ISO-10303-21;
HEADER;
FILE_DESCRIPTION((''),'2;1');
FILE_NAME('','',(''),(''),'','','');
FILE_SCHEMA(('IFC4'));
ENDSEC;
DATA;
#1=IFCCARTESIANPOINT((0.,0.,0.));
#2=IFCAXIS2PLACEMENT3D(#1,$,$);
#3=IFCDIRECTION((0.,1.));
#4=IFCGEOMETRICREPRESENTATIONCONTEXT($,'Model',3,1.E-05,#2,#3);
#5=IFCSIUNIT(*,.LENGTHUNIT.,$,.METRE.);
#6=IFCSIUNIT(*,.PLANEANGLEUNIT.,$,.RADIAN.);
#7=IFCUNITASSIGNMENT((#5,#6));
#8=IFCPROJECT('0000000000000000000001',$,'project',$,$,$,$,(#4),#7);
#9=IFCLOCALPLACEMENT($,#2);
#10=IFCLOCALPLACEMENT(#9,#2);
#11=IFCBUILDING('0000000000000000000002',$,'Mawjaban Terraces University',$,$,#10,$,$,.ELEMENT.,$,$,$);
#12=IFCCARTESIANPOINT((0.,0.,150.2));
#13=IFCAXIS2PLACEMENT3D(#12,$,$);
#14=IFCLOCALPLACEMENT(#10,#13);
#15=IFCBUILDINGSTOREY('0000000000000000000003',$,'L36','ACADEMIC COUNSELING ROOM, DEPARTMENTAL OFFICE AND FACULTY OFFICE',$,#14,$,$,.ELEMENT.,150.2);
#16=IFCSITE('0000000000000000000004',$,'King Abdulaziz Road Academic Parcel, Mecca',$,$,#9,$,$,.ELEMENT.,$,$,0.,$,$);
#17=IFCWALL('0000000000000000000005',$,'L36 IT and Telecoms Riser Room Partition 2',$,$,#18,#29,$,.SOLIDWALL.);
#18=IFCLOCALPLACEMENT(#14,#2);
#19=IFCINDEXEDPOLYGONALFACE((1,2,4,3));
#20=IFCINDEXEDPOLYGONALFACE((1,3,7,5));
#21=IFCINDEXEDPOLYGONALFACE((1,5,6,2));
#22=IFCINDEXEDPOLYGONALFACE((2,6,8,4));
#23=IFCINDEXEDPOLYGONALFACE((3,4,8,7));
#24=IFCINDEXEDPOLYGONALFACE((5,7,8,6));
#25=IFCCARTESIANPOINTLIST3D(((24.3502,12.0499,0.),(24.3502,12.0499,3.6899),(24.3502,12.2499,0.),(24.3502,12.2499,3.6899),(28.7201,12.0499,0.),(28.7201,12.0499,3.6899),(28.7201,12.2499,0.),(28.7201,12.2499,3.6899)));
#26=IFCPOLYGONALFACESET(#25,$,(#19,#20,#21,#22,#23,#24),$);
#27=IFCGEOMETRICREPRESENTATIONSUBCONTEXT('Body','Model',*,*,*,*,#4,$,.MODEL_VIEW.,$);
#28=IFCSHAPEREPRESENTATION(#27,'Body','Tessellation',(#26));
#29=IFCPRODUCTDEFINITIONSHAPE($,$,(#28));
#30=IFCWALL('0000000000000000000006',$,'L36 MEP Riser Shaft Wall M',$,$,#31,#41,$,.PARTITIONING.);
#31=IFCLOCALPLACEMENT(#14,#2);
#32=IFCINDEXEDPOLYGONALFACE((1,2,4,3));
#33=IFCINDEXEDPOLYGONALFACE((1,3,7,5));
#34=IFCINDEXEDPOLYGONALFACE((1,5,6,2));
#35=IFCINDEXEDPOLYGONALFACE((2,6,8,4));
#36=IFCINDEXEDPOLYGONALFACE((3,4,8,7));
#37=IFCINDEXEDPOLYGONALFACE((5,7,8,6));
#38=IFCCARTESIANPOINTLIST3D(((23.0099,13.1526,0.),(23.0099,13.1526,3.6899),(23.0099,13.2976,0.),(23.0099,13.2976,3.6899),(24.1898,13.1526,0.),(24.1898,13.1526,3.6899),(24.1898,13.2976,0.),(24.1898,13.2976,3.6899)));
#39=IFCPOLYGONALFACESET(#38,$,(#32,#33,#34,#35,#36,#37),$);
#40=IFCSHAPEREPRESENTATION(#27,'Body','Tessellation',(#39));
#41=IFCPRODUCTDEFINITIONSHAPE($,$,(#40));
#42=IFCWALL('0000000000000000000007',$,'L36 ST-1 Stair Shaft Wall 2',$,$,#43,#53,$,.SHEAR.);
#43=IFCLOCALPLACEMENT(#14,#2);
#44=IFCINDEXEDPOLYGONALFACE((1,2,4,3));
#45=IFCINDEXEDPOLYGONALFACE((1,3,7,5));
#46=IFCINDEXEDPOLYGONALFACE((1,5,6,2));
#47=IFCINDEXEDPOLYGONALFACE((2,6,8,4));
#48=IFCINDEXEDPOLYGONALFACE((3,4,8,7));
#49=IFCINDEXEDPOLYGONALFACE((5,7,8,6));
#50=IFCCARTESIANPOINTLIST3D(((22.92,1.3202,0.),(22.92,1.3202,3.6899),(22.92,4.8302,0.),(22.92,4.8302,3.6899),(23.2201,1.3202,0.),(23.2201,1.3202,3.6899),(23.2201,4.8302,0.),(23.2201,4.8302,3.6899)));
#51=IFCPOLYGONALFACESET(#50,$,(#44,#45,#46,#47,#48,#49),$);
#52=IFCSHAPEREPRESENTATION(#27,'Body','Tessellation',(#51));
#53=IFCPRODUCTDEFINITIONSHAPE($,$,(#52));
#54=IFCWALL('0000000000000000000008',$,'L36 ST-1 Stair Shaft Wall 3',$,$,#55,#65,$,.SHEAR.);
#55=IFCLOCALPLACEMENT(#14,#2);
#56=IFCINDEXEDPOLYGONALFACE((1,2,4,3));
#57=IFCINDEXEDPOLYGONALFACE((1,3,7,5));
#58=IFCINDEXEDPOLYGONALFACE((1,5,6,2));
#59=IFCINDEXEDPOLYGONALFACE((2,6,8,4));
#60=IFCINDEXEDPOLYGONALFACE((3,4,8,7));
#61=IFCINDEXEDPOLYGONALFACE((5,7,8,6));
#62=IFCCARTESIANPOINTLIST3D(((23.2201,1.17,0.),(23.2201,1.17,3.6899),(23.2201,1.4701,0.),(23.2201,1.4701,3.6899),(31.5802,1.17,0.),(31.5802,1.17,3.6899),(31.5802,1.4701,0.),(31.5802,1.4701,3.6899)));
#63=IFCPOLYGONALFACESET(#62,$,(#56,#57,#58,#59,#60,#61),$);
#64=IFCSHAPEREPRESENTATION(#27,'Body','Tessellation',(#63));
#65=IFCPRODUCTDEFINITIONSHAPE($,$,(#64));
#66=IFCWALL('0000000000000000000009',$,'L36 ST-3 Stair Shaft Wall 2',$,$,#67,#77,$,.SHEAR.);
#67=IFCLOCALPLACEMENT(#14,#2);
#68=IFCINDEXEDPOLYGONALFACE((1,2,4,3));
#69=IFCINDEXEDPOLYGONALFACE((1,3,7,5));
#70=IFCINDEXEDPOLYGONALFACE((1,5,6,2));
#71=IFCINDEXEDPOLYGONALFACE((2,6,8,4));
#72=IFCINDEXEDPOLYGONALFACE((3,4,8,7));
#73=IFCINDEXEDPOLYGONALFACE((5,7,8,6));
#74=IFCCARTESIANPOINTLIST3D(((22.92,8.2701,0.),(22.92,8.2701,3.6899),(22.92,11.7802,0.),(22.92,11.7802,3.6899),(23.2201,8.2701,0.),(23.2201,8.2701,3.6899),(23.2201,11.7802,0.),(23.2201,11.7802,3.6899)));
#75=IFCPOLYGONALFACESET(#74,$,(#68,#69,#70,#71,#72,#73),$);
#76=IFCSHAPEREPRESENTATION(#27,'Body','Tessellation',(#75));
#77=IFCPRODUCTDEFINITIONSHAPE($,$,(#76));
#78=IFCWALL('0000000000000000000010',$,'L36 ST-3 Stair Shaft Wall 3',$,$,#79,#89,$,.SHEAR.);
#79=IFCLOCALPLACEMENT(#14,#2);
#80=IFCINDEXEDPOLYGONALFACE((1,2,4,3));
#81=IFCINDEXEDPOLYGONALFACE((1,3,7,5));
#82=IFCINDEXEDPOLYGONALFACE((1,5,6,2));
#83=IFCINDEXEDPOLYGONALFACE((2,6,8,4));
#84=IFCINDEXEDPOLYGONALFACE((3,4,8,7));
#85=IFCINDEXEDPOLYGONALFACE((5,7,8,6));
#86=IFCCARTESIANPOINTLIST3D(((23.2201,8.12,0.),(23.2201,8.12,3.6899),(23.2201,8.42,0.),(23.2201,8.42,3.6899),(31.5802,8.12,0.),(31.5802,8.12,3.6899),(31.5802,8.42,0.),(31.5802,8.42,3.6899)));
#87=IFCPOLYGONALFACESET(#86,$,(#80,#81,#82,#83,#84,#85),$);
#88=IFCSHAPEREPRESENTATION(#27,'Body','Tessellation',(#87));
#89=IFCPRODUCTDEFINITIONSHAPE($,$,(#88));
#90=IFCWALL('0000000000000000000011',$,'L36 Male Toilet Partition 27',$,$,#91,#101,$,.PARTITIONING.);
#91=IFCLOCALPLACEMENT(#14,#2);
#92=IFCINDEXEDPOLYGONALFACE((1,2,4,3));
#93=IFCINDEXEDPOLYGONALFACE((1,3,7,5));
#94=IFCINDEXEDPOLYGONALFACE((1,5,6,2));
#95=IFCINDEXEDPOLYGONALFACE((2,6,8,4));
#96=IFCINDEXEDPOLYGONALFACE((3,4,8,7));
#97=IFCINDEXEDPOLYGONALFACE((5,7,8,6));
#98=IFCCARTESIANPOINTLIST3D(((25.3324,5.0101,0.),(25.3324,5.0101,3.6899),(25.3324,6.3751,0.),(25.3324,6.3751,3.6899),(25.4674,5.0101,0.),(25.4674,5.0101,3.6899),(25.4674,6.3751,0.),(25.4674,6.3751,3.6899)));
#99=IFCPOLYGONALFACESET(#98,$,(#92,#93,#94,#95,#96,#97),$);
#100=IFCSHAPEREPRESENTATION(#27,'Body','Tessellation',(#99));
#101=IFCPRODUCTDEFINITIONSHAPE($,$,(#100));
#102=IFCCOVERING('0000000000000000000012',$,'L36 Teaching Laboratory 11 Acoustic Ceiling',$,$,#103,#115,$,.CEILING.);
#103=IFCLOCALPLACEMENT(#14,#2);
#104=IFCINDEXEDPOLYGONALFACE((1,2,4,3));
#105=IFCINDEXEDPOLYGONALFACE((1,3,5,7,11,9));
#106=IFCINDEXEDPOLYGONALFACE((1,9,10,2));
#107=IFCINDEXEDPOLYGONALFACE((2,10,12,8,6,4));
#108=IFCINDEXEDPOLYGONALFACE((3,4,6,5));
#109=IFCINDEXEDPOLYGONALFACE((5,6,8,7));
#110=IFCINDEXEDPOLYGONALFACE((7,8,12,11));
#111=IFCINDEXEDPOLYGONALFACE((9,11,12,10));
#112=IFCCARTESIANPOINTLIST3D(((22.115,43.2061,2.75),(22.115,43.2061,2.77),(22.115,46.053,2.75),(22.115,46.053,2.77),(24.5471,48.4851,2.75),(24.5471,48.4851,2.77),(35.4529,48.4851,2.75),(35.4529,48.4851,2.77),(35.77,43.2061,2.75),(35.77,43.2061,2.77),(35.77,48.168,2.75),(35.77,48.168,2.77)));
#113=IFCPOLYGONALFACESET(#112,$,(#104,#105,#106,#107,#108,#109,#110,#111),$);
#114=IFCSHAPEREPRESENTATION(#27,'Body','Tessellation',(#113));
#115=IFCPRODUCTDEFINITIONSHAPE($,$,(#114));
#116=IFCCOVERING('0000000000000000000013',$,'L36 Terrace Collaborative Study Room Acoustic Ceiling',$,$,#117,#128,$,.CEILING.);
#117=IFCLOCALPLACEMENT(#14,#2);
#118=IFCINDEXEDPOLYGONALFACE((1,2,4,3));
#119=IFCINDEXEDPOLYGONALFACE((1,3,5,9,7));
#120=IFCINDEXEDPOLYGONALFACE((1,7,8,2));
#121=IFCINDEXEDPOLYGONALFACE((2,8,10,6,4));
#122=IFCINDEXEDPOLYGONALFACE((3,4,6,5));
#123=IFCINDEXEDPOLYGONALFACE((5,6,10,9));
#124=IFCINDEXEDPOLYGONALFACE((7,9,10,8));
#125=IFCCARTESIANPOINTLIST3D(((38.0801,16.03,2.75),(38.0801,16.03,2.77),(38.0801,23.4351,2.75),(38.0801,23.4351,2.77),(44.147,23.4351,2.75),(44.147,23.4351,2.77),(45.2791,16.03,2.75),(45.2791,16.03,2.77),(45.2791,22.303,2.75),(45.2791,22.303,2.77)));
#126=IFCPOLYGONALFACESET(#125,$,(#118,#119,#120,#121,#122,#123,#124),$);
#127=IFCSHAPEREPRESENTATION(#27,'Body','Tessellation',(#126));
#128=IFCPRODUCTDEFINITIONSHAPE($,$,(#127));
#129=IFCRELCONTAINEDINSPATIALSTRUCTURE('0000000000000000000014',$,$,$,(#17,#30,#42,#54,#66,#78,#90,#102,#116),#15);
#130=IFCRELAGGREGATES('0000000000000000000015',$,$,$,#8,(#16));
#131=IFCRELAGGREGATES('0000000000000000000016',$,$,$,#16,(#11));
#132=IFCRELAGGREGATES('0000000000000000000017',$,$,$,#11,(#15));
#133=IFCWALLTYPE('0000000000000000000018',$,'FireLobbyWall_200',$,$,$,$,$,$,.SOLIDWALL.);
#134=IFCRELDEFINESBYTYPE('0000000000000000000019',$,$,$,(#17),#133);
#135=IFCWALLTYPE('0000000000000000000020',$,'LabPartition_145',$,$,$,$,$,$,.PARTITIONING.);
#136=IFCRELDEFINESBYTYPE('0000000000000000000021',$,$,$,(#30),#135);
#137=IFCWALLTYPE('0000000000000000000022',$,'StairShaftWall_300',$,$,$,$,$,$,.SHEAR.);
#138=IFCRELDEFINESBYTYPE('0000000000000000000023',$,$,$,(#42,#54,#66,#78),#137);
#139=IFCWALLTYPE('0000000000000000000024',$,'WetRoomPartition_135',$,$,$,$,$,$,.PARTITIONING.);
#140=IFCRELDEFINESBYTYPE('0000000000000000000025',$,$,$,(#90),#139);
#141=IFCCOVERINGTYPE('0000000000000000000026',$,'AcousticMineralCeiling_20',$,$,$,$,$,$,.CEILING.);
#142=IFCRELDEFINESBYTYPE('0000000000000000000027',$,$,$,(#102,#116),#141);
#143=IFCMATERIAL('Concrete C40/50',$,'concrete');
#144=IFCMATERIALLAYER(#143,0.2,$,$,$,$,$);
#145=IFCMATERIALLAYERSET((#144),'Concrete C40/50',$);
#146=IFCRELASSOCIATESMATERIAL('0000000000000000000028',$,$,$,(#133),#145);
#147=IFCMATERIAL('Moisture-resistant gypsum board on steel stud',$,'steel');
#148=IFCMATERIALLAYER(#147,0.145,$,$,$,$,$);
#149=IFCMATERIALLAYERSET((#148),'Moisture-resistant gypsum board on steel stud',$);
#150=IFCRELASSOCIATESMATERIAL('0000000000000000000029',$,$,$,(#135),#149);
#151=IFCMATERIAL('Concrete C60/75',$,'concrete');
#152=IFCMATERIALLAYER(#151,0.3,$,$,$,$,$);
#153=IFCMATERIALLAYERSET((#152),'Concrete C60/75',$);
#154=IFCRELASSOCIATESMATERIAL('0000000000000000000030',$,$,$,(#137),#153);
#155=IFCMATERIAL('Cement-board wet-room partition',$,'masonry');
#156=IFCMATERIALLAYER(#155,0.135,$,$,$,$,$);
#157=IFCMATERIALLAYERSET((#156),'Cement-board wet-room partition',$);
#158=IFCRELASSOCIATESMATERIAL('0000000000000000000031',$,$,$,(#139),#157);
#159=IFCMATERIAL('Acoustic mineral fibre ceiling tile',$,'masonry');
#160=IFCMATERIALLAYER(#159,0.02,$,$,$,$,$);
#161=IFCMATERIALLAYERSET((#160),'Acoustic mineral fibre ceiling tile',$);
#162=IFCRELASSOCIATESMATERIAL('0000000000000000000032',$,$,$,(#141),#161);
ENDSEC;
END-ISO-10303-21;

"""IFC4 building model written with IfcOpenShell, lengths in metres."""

from ifc_helpers import new_model, si_unit, direction, frame, frame_2d, origin, place, context, subcontext, project, spatial, polyline, rectangle, outline, extrude, material, layer, layer_set, type_object, element, save


model = new_model("IFC4")

# Units and contexts
model_context = context("Model", 3, precision=1e-05, world=origin(), true_north=direction((0.0, 1.0)))
body_context = subcontext(model_context, "Body", "Model", "MODEL_VIEW")
ifc_project = project(units=[si_unit("LENGTHUNIT", "METRE"), si_unit("PLANEANGLEUNIT", "RADIAN")], contexts=[model_context])

# Site, building, storey
site_placement = place(None, origin())
site = spatial("IfcSite", under=ifc_project, at=site_placement, Name="King Abdulaziz Road Academic Parcel, Mecca", CompositionType="ELEMENT", RefElevation=0.0)
building_placement = place(site_placement, origin())
building = spatial("IfcBuilding", under=site, at=building_placement, Name="Mawjaban Terraces University", CompositionType="ELEMENT")
storey_placement = place(building_placement, frame((0.0, 0.0, 150.2)))
storey = spatial("IfcBuildingStorey", under=building, at=storey_placement, Name="L36", Description="ACADEMIC COUNSELING ROOM, DEPARTMENTAL OFFICE AND FACULTY OFFICE", CompositionType="ELEMENT", Elevation=150.2)

# Shared definitions
ifc_material_1 = material(Name="Concrete C60/75", Category="concrete")

# Walls
ifc_material_2 = material(Name="Concrete C40/50", Category="concrete")
ifc_layer_1 = layer(ifc_material_2, 0.2)
ifc_layer_set_1 = layer_set([ifc_layer_1], Name="Concrete C40/50")
wall_type_1 = type_object("IfcWallType", Name="FireLobbyWall_200", PredefinedType="SOLIDWALL", material=ifc_layer_set_1)
wall_1_placement = place(storey_placement, frame((24.3501, 12.1499, 0.0), z_axis=(0.0, 0.0, 1.0), x_axis=(1.0, 0.0, 0.0)))
element("IfcWall", 1, at=wall_1_placement, inside=storey, type_object=wall_type_1, Name="L36 IT and Telecoms Riser Room Partition 2", PredefinedType="SOLIDWALL", context=body_context, shape_type="SweptSolid", body=[
    extrude(rectangle(XDim=4.3699, YDim=0.2, at=frame_2d((2.1851, 0.0))), origin(), (0.0, 0.0, 1.0), 3.6899),
])
ifc_material_3 = material(Name="Moisture-resistant gypsum board on steel stud", Category="steel")
ifc_layer_2 = layer(ifc_material_3, 0.145)
ifc_layer_set_2 = layer_set([ifc_layer_2], Name="Moisture-resistant gypsum board on steel stud")
wall_type_2 = type_object("IfcWallType", Name="LabPartition_145", PredefinedType="PARTITIONING", material=ifc_layer_set_2)
wall_2_placement = place(storey_placement, frame((23.01, 13.2251, 0.0), z_axis=(0.0, 0.0, 1.0), x_axis=(1.0, 0.0, 0.0)))
element("IfcWall", 2, at=wall_2_placement, inside=storey, type_object=wall_type_2, Name="L36 MEP Riser Shaft Wall M", PredefinedType="PARTITIONING", context=body_context, shape_type="SweptSolid", body=[
    extrude(rectangle(XDim=1.1799, YDim=0.145, at=frame_2d((0.5898, 0.0))), origin(), (0.0, 0.0, 1.0), 3.6899),
])
ifc_layer_3 = layer(ifc_material_1, 0.3)
ifc_layer_set_3 = layer_set([ifc_layer_3], Name="Concrete C60/75")
wall_type_3 = type_object("IfcWallType", Name="StairShaftWall_300", PredefinedType="SHEAR", material=ifc_layer_set_3)
wall_3_placement = place(storey_placement, frame((23.0701, 4.8301, 0.0), z_axis=(0.0, 0.0, 1.0), x_axis=(0.0, -1.0, 0.0)))
element("IfcWall", 3, at=wall_3_placement, inside=storey, type_object=wall_type_3, Name="L36 ST-1 Stair Shaft Wall 2", PredefinedType="SHEAR", context=body_context, shape_type="SweptSolid", body=[
    extrude(rectangle(XDim=3.51, YDim=0.3, at=frame_2d((1.7549, 0.0))), origin(), (0.0, 0.0, 1.0), 3.6899),
])
wall_4_placement = place(storey_placement, frame((23.22, 1.3201, 0.0), z_axis=(0.0, 0.0, 1.0), x_axis=(1.0, 0.0, 0.0)))
element("IfcWall", 4, at=wall_4_placement, inside=storey, type_object=wall_type_3, Name="L36 ST-1 Stair Shaft Wall 3", PredefinedType="SHEAR", context=body_context, shape_type="SweptSolid", body=[
    extrude(rectangle(XDim=8.3601, YDim=0.3, at=frame_2d((4.1802, 0.0))), origin(), (0.0, 0.0, 1.0), 3.6899),
])
wall_5_placement = place(storey_placement, frame((23.0701, 11.78, 0.0), z_axis=(0.0, 0.0, 1.0), x_axis=(0.0, -1.0, 0.0)))
element("IfcWall", 5, at=wall_5_placement, inside=storey, type_object=wall_type_3, Name="L36 ST-3 Stair Shaft Wall 2", PredefinedType="SHEAR", context=body_context, shape_type="SweptSolid", body=[
    extrude(rectangle(XDim=3.51, YDim=0.3, at=frame_2d((1.7549, 0.0))), origin(), (0.0, 0.0, 1.0), 3.6899),
])
wall_6_placement = place(storey_placement, frame((23.22, 8.27, 0.0), z_axis=(0.0, 0.0, 1.0), x_axis=(1.0, 0.0, 0.0)))
element("IfcWall", 6, at=wall_6_placement, inside=storey, type_object=wall_type_3, Name="L36 ST-3 Stair Shaft Wall 3", PredefinedType="SHEAR", context=body_context, shape_type="SweptSolid", body=[
    extrude(rectangle(XDim=8.3601, YDim=0.3, at=frame_2d((4.1802, 0.0))), origin(), (0.0, 0.0, 1.0), 3.6899),
])
ifc_material_4 = material(Name="Cement-board wet-room partition", Category="masonry")
ifc_layer_4 = layer(ifc_material_4, 0.135)
ifc_layer_set_4 = layer_set([ifc_layer_4], Name="Cement-board wet-room partition")
wall_type_4 = type_object("IfcWallType", Name="WetRoomPartition_135", PredefinedType="PARTITIONING", material=ifc_layer_set_4)
wall_7_placement = place(storey_placement, frame((25.3999, 5.01, 0.0), z_axis=(0.0, 0.0, 1.0), x_axis=(0.0, 1.0, 0.0)))
element("IfcWall", 7, at=wall_7_placement, inside=storey, type_object=wall_type_4, Name="L36 Male Toilet Partition 27", PredefinedType="PARTITIONING", context=body_context, shape_type="SweptSolid", body=[
    extrude(rectangle(XDim=1.365, YDim=0.135, at=frame_2d((0.6826, 0.0))), origin(), (0.0, 0.0, 1.0), 3.6899),
])

# Coverings
ifc_material_5 = material(Name="Acoustic mineral fibre ceiling tile", Category="masonry")
ifc_layer_5 = layer(ifc_material_5, 0.02)
ifc_layer_set_5 = layer_set([ifc_layer_5], Name="Acoustic mineral fibre ceiling tile")
covering_type = type_object("IfcCoveringType", Name="AcousticMineralCeiling_20", PredefinedType="CEILING", material=ifc_layer_set_5)
covering_1_placement = place(storey_placement, frame((0.0, 0.0, 2.75)))
element("IfcCovering", 8, at=covering_1_placement, inside=storey, type_object=covering_type, Name="L36 Teaching Laboratory 11 Acoustic Ceiling", PredefinedType="CEILING", context=body_context, shape_type="SweptSolid", body=[
    extrude(outline(polyline([(35.77, 48.168), (35.4529, 48.4851), (24.5471, 48.4851), (22.115, 46.053), (22.115, 43.2061), (35.77, 43.2061), (35.77, 48.168)])), origin(), (0.0, 0.0, 1.0), 0.02),
])
covering_2_placement = place(storey_placement, frame((0.0, 0.0, 2.75)))
element("IfcCovering", 9, at=covering_2_placement, inside=storey, type_object=covering_type, Name="L36 Terrace Collaborative Study Room Acoustic Ceiling", PredefinedType="CEILING", context=body_context, shape_type="SweptSolid", body=[
    extrude(outline(polyline([(45.2791, 16.03), (45.2791, 22.303), (44.147, 23.4351), (38.0801, 23.4351), (38.0801, 16.03), (45.2791, 16.03)])), origin(), (0.0, 0.0, 1.0), 0.02),
])

save(model, "model.ifc")
